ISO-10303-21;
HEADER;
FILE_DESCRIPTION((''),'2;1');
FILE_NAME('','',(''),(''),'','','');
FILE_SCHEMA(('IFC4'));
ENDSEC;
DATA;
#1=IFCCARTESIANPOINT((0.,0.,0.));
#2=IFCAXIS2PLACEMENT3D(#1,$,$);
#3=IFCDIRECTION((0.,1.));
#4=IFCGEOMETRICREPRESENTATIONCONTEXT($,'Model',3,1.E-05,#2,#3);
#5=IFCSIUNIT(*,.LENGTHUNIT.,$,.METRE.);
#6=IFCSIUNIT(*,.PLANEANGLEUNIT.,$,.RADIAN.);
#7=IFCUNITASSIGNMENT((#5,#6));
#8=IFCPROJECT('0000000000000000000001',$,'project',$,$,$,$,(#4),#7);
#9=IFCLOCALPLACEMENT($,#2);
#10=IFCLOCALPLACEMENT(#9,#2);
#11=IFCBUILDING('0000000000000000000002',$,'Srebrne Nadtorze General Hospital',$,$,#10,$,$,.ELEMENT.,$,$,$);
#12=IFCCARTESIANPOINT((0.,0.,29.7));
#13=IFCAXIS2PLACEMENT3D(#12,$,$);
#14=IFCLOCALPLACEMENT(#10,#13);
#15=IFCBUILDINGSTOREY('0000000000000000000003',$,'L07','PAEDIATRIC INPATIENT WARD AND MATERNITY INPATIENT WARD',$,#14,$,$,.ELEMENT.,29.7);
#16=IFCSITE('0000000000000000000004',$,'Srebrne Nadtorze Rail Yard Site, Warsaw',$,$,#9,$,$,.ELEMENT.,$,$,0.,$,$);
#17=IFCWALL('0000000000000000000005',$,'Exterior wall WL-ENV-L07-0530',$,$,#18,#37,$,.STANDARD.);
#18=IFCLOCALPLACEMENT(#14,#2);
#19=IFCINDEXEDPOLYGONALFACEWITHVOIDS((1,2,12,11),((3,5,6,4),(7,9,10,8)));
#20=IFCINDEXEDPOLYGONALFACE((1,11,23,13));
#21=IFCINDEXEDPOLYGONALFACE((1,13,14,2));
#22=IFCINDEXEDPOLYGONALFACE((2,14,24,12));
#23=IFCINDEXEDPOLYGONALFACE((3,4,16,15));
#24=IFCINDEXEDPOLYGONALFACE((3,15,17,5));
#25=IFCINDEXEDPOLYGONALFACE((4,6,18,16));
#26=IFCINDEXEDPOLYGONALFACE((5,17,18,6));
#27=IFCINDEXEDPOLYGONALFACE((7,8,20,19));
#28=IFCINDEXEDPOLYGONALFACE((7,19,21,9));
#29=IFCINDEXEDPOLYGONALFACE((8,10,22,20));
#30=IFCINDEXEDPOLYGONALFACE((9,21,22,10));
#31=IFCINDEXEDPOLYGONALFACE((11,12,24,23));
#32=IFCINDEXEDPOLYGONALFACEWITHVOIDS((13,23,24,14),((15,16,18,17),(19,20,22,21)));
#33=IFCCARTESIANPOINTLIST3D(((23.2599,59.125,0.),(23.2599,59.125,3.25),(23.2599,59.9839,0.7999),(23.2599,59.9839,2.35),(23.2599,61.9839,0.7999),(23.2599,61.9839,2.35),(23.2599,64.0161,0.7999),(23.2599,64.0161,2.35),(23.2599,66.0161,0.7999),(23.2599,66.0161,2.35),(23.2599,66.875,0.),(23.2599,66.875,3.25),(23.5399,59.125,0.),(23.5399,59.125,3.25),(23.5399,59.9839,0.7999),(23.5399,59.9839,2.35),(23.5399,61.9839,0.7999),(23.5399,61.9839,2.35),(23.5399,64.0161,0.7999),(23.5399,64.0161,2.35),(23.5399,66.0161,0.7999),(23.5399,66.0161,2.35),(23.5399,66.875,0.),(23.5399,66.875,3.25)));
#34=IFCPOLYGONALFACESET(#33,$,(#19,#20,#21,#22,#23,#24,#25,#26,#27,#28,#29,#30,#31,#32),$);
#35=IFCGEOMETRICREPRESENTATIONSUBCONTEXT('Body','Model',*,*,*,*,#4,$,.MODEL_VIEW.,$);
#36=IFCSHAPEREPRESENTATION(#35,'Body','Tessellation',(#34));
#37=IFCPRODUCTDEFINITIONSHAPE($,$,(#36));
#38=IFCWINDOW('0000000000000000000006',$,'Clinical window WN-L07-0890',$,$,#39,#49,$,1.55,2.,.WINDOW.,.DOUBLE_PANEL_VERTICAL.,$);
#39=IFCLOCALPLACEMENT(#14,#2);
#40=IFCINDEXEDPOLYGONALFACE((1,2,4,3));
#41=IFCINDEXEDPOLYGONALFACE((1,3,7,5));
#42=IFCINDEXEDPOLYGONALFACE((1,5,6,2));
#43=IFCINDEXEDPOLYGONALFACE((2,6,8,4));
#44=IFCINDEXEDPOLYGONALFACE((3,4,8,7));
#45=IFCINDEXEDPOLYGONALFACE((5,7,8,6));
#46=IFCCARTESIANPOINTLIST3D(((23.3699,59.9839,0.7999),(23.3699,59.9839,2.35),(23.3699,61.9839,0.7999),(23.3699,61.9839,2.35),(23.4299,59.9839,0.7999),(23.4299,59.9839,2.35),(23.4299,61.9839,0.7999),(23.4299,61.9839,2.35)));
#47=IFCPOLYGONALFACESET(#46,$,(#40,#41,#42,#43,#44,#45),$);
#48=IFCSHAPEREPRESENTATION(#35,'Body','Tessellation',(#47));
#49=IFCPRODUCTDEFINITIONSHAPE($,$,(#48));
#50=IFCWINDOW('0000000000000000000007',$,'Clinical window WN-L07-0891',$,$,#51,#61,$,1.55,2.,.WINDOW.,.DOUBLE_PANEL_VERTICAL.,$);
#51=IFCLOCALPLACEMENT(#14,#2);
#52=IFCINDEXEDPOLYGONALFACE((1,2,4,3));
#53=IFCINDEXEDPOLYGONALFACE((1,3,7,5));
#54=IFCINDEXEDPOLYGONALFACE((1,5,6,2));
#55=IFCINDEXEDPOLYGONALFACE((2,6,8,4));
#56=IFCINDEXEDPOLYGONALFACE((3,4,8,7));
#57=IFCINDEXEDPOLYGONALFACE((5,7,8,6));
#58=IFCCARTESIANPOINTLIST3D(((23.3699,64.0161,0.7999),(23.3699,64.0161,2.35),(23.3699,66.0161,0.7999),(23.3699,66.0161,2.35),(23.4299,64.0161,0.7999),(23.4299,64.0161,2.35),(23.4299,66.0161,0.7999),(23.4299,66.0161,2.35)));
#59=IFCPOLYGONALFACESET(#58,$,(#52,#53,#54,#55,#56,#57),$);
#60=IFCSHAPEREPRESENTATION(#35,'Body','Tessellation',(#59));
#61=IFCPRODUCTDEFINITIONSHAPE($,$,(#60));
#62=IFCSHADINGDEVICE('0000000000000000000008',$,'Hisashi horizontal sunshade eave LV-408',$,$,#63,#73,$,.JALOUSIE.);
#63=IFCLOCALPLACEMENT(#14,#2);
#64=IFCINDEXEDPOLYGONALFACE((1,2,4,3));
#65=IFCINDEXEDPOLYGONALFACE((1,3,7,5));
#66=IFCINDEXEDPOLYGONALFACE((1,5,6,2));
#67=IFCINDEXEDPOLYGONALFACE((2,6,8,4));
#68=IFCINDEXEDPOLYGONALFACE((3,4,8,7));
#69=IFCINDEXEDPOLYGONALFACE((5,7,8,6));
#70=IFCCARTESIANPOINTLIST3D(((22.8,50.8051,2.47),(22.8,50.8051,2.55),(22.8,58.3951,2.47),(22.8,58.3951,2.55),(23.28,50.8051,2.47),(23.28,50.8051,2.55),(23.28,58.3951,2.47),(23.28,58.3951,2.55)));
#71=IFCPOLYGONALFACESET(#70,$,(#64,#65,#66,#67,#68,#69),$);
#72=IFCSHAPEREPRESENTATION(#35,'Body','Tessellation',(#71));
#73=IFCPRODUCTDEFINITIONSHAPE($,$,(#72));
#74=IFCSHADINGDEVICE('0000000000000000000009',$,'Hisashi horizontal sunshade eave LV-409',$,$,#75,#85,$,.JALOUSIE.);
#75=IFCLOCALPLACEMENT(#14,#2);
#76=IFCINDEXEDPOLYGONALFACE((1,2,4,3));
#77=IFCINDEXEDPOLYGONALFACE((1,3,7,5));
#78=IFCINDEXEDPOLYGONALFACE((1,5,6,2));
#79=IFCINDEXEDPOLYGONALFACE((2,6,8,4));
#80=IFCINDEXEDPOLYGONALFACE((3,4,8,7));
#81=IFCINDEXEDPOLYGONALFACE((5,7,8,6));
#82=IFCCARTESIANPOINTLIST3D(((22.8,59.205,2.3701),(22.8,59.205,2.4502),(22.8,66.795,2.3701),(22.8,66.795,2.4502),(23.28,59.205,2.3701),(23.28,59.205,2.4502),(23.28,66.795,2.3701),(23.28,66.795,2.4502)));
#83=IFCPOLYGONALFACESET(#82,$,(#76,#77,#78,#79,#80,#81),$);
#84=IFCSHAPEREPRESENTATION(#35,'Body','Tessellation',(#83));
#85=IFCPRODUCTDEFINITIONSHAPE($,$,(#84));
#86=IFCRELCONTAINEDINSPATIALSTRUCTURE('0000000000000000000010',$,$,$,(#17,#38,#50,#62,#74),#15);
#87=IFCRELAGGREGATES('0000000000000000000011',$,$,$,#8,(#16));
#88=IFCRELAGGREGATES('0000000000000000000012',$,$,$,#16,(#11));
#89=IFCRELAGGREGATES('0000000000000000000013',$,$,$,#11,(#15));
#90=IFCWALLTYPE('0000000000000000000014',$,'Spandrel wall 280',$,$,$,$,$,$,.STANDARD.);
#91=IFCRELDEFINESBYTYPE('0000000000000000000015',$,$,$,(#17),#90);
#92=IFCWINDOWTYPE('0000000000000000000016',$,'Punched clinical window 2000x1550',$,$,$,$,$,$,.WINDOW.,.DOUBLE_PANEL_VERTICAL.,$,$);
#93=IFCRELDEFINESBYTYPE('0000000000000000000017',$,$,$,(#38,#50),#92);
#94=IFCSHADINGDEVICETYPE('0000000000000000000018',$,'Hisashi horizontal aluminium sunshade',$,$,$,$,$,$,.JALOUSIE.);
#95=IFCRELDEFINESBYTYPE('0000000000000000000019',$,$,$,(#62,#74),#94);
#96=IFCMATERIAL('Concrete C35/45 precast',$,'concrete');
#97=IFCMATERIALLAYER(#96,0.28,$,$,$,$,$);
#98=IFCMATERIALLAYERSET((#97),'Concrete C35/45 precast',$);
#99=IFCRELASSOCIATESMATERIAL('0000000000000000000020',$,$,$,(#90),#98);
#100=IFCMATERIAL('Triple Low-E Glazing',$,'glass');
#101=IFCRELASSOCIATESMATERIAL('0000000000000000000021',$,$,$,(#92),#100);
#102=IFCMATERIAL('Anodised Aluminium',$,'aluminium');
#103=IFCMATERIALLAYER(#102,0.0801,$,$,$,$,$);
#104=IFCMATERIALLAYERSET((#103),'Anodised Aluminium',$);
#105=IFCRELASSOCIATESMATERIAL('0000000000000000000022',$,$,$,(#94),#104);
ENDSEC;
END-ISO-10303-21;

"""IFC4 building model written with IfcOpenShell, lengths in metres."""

from ifc_helpers import new_model, si_unit, direction, frame, frame_2d, origin, origin_2d, place, context, subcontext, project, spatial, rectangle, extrude, material, layer, layer_set, type_object, element, fill, save


model = new_model("IFC4")

# Units and contexts
model_context = context("Model", 3, precision=1e-05, world=origin(), true_north=direction((0.0, 1.0)))
body_context = subcontext(model_context, "Body", "Model", "MODEL_VIEW")
ifc_project = project(units=[si_unit("LENGTHUNIT", "METRE"), si_unit("PLANEANGLEUNIT", "RADIAN")], contexts=[model_context])

# Site, building, storey
site_placement = place(None, origin())
site = spatial("IfcSite", under=ifc_project, at=site_placement, Name="Srebrne Nadtorze Rail Yard Site, Warsaw", CompositionType="ELEMENT", RefElevation=0.0)
building_placement = place(site_placement, origin())
building = spatial("IfcBuilding", under=site, at=building_placement, Name="Srebrne Nadtorze General Hospital", CompositionType="ELEMENT")
storey_placement = place(building_placement, frame((0.0, 0.0, 29.7)))
storey = spatial("IfcBuildingStorey", under=building, at=storey_placement, Name="L07", Description="PAEDIATRIC INPATIENT WARD AND MATERNITY INPATIENT WARD", CompositionType="ELEMENT", Elevation=29.7)

# Wall, openings, windows
ifc_material_1 = material(Name="Concrete C35/45 precast", Category="concrete")
ifc_layer_1 = layer(ifc_material_1, 0.28)
ifc_layer_set_1 = layer_set([ifc_layer_1], Name="Concrete C35/45 precast")
wall_type_1 = type_object("IfcWallType", Name="Spandrel wall 280", PredefinedType="STANDARD", material=ifc_layer_set_1)
wall_1_placement = place(storey_placement, frame((23.3999, 59.125, 0.0), z_axis=(0.0, 0.0, 1.0), x_axis=(0.0, 1.0, 0.0)))
wall_1 = element("IfcWall", 1, at=wall_1_placement, inside=storey, type_object=wall_type_1, Name="Exterior wall WL-ENV-L07-0530", PredefinedType="STANDARD", context=body_context, shape_type="SweptSolid", body=[
    extrude(rectangle(XDim=7.75, YDim=0.28, at=frame_2d((3.875, 0.0))), origin(), (0.0, 0.0, 1.0), 3.25),
])
opening_1_placement = place(wall_1_placement, frame((0.8589, 0.0, 0.8)))
opening_1 = element("IfcOpeningElement", 2, at=opening_1_placement, cuts=wall_1, PredefinedType="OPENING", context=body_context, shape_type="SweptSolid", body=[
    extrude(rectangle(XDim=2.0, YDim=1.55, at=frame_2d((1.0, 0.7749))), frame((0.0, 0.1519, 0.0), z_axis=(0.0, -1.0, 0.0), x_axis=(1.0, 0.0, 0.0)), (0.0, 0.0, 1.0), 0.304),
])
opening_2_placement = place(wall_1_placement, frame((4.8911, 0.0, 0.8)))
opening_2 = element("IfcOpeningElement", 3, at=opening_2_placement, cuts=wall_1, PredefinedType="OPENING", context=body_context, shape_type="SweptSolid", body=[
    extrude(rectangle(XDim=2.0, YDim=1.55, at=frame_2d((1.0, 0.7749))), frame((0.0, 0.1519, 0.0), z_axis=(0.0, -1.0, 0.0), x_axis=(1.0, 0.0, 0.0)), (0.0, 0.0, 1.0), 0.304),
])
ifc_material_2 = material(Name="Triple Low-E Glazing", Category="glass")
window_type = type_object("IfcWindowType", Name="Punched clinical window 2000x1550", PartitioningType="DOUBLE_PANEL_VERTICAL", PredefinedType="WINDOW", material=ifc_material_2)
window_1_placement = place(opening_1_placement, origin())
window_1 = element("IfcWindow", 4, at=window_1_placement, inside=storey, type_object=window_type, Name="Clinical window WN-L07-0890", OverallHeight=1.55, OverallWidth=2.0, PartitioningType="DOUBLE_PANEL_VERTICAL", PredefinedType="WINDOW", context=body_context, shape_type="SweptSolid", body=[
    extrude(rectangle(XDim=2.0, YDim=1.55, at=frame_2d((1.0, 0.7749))), frame((0.0, 0.03, 0.0), z_axis=(0.0, -1.0, 0.0), x_axis=(1.0, 0.0, 0.0)), (0.0, 0.0, 1.0), 0.0601),
])
fill(opening_1, window_1)
window_2_placement = place(opening_2_placement, origin())
window_2 = element("IfcWindow", 5, at=window_2_placement, inside=storey, type_object=window_type, Name="Clinical window WN-L07-0891", OverallHeight=1.55, OverallWidth=2.0, PartitioningType="DOUBLE_PANEL_VERTICAL", PredefinedType="WINDOW", context=body_context, shape_type="SweptSolid", body=[
    extrude(rectangle(XDim=2.0, YDim=1.55, at=frame_2d((1.0, 0.7749))), frame((0.0, 0.03, 0.0), z_axis=(0.0, -1.0, 0.0), x_axis=(1.0, 0.0, 0.0)), (0.0, 0.0, 1.0), 0.0601),
])
fill(opening_2, window_2)

# Shading devices
ifc_material_3 = material(Name="Anodised Aluminium", Category="aluminium")
ifc_layer_2 = layer(ifc_material_3, 0.0801)
ifc_layer_set_2 = layer_set([ifc_layer_2], Name="Anodised Aluminium")
shading_device_type = type_object("IfcShadingDeviceType", Name="Hisashi horizontal aluminium sunshade", PredefinedType="JALOUSIE", material=ifc_layer_set_2)
for number, where, z_axis, x_axis, name in (
    (6, (23.04, 54.6001, 2.47), (0.0, 0.0, 1.0), (1.0, 0.0, 0.0), "Hisashi horizontal sunshade eave LV-408"),
    (7, (23.04, 63.0, 2.3701), (0.0, 0.0, 1.0), (1.0, 0.0, 0.0), "Hisashi horizontal sunshade eave LV-409"),
):
    element("IfcShadingDevice", number, at=place(storey_placement, frame(where, z_axis=z_axis, x_axis=x_axis)), inside=storey, type_object=shading_device_type, Name=name, PredefinedType="JALOUSIE", context=body_context, shape_type="SweptSolid", body=[
        extrude(rectangle(XDim=0.48, YDim=7.5901, at=origin_2d()), origin(), (0.0, 0.0, 1.0), 0.0801),
    ])

save(model, "model.ifc")
